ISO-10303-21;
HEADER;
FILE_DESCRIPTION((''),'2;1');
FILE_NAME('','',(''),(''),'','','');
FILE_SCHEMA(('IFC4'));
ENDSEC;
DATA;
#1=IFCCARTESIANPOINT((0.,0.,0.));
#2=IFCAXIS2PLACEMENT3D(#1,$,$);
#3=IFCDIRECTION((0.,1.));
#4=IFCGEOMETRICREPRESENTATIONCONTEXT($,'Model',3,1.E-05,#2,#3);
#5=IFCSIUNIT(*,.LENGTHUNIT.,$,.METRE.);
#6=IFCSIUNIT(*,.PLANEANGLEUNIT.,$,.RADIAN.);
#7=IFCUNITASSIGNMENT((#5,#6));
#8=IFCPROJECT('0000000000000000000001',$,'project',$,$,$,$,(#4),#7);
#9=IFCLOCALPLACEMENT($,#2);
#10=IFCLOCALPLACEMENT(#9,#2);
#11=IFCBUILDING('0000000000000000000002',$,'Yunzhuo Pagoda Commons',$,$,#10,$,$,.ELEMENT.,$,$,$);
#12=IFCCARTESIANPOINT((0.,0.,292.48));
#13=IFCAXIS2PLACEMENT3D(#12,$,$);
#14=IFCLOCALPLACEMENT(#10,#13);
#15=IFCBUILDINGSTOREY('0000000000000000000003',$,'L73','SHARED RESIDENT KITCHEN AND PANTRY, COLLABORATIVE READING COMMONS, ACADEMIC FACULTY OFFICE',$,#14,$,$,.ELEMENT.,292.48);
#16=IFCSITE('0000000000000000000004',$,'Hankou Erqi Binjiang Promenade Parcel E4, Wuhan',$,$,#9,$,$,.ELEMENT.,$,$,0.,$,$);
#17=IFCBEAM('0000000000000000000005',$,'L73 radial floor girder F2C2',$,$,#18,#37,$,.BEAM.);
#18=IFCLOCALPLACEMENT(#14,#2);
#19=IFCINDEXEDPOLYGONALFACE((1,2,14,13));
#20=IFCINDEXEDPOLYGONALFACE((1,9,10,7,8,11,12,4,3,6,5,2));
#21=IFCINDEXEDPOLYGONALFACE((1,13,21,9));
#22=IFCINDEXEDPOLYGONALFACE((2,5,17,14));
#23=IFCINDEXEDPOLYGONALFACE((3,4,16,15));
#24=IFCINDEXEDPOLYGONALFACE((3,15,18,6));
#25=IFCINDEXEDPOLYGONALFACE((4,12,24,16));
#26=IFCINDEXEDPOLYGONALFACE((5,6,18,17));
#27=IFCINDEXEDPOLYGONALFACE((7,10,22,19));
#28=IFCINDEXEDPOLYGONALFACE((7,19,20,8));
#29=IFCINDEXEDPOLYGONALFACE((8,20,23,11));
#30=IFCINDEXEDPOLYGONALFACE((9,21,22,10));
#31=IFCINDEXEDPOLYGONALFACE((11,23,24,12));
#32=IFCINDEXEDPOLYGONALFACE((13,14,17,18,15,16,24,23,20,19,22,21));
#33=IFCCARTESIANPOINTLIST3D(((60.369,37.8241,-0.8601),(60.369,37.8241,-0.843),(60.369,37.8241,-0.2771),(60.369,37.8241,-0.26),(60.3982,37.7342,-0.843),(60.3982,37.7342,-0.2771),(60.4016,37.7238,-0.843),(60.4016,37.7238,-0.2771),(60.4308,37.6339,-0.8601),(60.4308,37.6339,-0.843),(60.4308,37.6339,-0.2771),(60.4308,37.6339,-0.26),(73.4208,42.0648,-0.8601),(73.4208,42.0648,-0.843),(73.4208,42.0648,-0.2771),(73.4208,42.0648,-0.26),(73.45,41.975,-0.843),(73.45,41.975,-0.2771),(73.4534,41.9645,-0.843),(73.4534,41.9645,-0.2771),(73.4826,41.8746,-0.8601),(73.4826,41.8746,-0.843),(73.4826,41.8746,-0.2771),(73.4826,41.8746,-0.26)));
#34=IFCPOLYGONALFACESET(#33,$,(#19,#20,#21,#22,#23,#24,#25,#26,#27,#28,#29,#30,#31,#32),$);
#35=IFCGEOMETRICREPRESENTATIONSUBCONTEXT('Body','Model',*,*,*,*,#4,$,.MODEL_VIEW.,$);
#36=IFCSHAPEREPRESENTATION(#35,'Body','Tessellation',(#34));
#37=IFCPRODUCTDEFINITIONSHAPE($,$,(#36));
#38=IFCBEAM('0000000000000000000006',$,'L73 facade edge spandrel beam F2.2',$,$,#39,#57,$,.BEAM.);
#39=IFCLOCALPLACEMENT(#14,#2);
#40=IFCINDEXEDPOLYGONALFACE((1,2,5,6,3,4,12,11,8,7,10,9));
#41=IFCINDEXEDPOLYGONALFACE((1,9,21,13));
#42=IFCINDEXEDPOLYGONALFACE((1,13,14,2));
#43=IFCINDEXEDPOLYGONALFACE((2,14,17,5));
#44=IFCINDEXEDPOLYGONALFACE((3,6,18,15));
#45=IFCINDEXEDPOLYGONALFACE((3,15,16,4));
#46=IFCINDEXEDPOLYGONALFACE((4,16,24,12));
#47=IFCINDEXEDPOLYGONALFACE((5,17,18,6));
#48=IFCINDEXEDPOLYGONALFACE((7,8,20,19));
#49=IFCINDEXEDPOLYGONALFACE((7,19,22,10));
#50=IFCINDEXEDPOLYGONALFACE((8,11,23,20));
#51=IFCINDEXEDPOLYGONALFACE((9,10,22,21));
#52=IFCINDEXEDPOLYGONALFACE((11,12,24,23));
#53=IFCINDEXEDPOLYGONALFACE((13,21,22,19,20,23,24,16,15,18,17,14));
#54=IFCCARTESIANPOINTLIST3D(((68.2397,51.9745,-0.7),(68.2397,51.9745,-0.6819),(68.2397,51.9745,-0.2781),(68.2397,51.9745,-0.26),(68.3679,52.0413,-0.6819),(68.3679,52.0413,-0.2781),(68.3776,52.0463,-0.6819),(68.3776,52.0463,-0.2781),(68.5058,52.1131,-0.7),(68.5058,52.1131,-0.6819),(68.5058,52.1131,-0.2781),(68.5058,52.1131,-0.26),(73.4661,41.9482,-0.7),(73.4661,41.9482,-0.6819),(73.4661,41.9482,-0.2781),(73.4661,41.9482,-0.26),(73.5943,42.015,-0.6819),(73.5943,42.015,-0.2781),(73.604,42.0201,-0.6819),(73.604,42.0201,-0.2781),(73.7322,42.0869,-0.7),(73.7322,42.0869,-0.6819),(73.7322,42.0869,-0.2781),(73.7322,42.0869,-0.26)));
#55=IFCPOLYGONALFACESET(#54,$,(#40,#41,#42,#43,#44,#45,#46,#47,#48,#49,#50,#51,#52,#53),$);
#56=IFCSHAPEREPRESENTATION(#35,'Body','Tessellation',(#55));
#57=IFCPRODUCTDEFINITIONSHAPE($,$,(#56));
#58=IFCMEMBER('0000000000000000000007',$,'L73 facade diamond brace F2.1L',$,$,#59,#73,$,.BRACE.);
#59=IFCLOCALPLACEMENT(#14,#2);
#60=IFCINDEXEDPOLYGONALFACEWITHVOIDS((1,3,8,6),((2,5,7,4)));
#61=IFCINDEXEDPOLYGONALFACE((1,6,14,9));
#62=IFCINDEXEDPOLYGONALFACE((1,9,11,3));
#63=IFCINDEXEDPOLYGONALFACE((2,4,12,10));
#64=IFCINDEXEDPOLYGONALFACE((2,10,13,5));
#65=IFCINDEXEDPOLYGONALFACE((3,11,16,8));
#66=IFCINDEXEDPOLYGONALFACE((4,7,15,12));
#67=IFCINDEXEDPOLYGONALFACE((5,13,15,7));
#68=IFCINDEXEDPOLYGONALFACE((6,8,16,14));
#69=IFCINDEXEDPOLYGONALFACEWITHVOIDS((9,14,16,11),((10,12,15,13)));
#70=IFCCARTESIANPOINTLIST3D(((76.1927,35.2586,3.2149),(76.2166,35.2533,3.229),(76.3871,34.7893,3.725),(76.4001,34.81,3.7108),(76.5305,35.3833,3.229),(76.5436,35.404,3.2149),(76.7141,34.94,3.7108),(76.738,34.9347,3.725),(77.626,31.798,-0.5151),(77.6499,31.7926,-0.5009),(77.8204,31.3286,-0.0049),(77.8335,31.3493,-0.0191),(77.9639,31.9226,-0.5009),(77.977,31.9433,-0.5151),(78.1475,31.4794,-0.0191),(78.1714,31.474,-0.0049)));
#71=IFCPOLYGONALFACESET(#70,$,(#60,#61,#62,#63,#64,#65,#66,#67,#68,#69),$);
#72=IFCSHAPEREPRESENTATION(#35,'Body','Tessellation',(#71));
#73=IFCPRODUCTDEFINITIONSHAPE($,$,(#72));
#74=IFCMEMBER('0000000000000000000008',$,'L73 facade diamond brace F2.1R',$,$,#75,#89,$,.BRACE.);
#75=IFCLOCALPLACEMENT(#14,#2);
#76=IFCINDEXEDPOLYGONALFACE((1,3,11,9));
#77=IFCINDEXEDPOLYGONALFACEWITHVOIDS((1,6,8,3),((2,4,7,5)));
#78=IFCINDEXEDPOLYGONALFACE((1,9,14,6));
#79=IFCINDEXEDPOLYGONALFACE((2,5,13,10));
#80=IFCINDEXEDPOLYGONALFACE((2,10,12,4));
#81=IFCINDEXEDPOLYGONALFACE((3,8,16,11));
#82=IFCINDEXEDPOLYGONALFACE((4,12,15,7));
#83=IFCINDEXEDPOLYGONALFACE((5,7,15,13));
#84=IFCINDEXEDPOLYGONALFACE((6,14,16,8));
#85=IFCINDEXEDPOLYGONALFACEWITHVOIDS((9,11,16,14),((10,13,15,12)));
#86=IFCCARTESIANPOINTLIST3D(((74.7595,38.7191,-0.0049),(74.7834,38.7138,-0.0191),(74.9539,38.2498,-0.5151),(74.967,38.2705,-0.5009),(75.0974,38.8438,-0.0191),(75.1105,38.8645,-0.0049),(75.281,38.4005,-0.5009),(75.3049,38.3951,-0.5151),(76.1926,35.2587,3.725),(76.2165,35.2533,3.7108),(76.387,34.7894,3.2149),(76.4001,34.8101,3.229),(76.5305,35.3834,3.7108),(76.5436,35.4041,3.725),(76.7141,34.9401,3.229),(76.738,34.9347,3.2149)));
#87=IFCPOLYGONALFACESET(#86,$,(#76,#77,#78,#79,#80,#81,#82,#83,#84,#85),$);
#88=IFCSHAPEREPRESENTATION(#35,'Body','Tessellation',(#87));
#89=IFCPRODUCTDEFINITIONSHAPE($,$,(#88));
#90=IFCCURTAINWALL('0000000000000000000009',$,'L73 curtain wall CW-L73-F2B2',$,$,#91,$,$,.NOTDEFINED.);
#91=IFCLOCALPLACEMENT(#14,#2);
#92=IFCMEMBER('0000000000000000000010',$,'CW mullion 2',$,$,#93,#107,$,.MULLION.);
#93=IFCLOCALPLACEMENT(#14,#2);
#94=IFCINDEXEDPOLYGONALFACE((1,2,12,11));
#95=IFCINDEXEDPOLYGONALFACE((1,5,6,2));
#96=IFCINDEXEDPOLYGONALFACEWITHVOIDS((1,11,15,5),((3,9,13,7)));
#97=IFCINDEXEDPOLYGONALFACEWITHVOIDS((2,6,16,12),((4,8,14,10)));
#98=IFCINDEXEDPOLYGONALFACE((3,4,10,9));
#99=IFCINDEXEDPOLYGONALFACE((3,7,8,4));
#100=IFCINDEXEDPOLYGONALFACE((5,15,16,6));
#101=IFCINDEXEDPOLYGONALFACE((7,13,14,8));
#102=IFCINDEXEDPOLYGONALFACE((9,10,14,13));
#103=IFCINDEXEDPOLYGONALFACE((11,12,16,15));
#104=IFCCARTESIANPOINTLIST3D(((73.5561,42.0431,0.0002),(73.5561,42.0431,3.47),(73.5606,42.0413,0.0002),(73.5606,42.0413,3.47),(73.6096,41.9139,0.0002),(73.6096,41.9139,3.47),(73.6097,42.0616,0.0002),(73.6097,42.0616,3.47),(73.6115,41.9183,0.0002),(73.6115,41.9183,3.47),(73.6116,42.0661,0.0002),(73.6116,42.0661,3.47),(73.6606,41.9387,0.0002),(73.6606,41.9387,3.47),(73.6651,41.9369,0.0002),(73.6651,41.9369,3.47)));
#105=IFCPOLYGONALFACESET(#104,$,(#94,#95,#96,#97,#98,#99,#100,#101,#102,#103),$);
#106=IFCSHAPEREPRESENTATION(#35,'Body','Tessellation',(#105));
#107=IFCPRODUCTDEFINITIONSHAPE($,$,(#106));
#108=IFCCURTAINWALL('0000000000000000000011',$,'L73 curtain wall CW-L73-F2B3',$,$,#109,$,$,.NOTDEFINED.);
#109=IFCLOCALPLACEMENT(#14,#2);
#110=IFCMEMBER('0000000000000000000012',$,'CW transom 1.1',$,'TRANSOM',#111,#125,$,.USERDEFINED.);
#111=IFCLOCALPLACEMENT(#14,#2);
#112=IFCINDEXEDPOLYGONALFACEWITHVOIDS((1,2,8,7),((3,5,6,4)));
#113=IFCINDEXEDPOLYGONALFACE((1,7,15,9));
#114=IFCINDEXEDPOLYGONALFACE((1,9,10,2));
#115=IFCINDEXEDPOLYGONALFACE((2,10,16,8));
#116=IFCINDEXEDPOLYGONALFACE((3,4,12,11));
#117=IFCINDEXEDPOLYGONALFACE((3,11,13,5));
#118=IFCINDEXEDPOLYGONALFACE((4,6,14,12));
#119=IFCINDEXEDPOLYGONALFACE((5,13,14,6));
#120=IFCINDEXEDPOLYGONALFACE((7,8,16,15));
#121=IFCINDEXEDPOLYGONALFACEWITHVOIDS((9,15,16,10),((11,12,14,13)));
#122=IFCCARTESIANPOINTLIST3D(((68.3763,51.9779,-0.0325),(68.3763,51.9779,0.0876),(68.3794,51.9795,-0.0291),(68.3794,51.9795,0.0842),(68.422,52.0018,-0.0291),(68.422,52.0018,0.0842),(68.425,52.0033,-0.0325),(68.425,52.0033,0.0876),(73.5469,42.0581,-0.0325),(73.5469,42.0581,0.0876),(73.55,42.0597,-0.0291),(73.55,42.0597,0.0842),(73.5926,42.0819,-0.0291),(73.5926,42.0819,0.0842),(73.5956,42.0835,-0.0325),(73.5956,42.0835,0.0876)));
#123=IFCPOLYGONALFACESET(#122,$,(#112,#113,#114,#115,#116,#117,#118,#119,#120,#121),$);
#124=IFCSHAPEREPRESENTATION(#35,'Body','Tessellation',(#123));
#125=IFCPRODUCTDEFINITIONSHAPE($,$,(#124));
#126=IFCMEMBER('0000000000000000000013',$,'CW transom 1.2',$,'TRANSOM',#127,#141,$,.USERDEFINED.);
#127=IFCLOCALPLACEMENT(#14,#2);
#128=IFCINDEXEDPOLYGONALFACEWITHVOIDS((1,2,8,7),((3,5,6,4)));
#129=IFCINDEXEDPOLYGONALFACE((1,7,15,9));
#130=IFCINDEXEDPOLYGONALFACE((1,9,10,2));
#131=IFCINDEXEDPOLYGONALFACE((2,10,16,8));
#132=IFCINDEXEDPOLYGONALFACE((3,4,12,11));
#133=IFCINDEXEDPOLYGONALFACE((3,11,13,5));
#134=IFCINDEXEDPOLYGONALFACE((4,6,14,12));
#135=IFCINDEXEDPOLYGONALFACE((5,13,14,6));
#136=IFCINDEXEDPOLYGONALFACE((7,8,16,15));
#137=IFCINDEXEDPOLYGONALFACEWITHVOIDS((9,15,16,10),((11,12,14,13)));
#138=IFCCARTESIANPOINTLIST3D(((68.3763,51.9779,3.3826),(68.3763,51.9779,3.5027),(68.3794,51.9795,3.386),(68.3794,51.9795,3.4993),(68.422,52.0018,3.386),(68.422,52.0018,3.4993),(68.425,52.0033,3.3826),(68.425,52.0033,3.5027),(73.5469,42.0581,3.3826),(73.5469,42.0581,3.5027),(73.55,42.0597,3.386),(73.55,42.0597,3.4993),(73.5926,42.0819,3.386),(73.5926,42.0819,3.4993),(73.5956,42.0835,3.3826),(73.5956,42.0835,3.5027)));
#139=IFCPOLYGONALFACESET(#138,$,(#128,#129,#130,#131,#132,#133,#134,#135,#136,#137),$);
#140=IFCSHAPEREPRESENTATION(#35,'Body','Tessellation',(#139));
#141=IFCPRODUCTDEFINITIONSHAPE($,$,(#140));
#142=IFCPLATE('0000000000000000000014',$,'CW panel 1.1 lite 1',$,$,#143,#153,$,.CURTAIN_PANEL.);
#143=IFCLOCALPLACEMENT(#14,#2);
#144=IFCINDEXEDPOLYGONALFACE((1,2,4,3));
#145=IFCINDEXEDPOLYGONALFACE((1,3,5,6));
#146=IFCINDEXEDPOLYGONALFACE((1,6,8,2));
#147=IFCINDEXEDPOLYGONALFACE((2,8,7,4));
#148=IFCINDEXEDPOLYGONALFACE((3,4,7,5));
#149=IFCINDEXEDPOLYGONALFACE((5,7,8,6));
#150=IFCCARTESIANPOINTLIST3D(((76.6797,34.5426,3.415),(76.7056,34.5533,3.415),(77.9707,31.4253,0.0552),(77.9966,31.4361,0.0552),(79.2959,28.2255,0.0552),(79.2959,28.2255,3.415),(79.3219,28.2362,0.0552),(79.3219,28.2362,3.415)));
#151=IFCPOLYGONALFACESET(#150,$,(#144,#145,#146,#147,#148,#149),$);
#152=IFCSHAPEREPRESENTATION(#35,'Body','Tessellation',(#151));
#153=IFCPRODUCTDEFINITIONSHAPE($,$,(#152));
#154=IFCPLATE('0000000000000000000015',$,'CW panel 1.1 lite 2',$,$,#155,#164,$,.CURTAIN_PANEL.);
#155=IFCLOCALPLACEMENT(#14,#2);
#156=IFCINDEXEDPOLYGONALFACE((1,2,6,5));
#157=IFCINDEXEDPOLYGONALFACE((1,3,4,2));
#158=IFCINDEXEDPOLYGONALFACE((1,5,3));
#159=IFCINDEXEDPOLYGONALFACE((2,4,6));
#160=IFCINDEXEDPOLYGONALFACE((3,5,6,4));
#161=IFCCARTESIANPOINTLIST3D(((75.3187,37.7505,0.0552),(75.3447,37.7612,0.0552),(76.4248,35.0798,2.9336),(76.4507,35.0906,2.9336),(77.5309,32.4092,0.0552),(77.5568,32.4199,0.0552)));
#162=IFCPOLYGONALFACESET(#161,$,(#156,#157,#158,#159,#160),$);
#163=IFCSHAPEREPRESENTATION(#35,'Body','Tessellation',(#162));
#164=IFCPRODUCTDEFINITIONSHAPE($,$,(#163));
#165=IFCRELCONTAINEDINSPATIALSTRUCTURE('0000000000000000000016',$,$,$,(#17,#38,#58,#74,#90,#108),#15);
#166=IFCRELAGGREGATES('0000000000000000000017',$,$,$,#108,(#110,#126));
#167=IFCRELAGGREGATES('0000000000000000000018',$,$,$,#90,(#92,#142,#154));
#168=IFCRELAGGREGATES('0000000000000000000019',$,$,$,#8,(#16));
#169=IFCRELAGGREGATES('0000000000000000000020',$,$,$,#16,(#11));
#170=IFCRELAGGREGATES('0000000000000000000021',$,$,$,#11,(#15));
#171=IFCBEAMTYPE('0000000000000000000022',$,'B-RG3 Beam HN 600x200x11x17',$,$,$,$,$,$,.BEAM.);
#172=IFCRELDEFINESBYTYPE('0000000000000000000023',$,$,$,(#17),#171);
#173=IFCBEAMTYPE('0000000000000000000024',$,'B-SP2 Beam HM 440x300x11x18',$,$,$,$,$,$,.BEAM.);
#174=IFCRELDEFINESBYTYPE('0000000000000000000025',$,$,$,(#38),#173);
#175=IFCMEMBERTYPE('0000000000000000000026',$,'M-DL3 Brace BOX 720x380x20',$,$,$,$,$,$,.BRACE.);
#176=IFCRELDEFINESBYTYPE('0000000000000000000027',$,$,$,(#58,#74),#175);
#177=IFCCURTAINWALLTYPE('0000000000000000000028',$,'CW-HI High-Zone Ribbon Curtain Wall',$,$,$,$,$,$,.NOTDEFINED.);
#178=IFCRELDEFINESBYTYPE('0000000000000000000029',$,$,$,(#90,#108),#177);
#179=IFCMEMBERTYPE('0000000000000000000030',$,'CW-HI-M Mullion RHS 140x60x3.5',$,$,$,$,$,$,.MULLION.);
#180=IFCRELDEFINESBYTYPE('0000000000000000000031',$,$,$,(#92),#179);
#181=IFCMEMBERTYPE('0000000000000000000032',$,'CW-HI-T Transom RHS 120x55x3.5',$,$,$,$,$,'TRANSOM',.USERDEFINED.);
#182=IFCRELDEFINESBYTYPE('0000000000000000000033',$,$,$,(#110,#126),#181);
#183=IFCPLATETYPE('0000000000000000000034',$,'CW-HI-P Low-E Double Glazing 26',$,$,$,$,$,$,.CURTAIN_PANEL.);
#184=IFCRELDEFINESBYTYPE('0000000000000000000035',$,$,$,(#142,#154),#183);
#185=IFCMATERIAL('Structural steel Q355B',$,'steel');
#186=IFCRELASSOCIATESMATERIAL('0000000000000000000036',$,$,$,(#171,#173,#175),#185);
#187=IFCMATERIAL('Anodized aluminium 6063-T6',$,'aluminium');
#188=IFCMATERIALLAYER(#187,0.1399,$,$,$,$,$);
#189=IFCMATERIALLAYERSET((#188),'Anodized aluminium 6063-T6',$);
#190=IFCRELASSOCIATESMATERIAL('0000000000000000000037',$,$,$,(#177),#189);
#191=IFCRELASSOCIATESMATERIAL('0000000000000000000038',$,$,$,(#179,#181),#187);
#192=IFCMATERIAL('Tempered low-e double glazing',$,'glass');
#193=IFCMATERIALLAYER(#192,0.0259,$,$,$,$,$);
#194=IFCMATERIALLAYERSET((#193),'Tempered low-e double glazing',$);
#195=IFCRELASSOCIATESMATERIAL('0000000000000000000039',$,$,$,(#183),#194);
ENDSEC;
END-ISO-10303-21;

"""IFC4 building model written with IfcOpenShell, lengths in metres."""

from ifc_helpers import new_model, si_unit, direction, frame, origin, origin_2d, place, context, subcontext, project, spatial, polyline, hollow_rectangle, i_section, outline, extrude, source, transform, mapped, material, layer, layer_set, material_profile, profile_set, type_object, element, aggregate, save


model = new_model("IFC4")

# Units and contexts
model_context = context("Model", 3, precision=1e-05, world=origin(), true_north=direction((0.0, 1.0)))
body_context = subcontext(model_context, "Body", "Model", "MODEL_VIEW")
ifc_project = project(units=[si_unit("LENGTHUNIT", "METRE"), si_unit("PLANEANGLEUNIT", "RADIAN")], contexts=[model_context])

# Site, building, storey
site_placement = place(None, origin())
site = spatial("IfcSite", under=ifc_project, at=site_placement, Name="Hankou Erqi Binjiang Promenade Parcel E4, Wuhan", CompositionType="ELEMENT", RefElevation=0.0)
building_placement = place(site_placement, origin())
building = spatial("IfcBuilding", under=site, at=building_placement, Name="Yunzhuo Pagoda Commons", CompositionType="ELEMENT")
storey_placement = place(building_placement, frame((0.0, 0.0, 292.48)))
storey = spatial("IfcBuildingStorey", under=building, at=storey_placement, Name="L73", Description="SHARED RESIDENT KITCHEN AND PANTRY, COLLABORATIVE READING COMMONS, ACADEMIC FACULTY OFFICE", CompositionType="ELEMENT", Elevation=292.48)

# Shared definitions
ifc_material_1 = material(Name="Structural steel Q355B", Category="steel")

# Beams
ifc_material_profile_1 = material_profile(ifc_material_1, i_section(OverallWidth=0.2, OverallDepth=0.6001, WebThickness=0.011, FlangeThickness=0.0171, at=origin_2d()), Name="Structural steel Q355B")
ifc_profile_set_1 = profile_set([ifc_material_profile_1], Name="Structural steel Q355B")
beam_type_1 = type_object("IfcBeamType", Name="B-RG3 Beam HN 600x200x11x17", PredefinedType="BEAM", material=ifc_profile_set_1)
shared_shape_1 = source(origin(), body_context, "Body", "SweptSolid", [
    extrude(i_section(OverallWidth=0.2, OverallDepth=0.6001, WebThickness=0.011, FlangeThickness=0.0171, at=origin_2d()), origin(), (0.0, 0.0, 1.0), 13.7234),
])
beam_1_placement = place(storey_placement, frame((73.4517, 41.9697, -0.5601), z_axis=(-0.951058, -0.309014, 0.0), x_axis=(0.309014, -0.951058, 0.0)))
element("IfcBeam", 1, at=beam_1_placement, inside=storey, type_object=beam_type_1, Name="L73 radial floor girder F2C2", PredefinedType="BEAM", context=body_context, shape_type="MappedRepresentation", body=[
    mapped(shared_shape_1, transform((0.0, 0.0, 0.0), scale=1.0)),
])
ifc_material_profile_2 = material_profile(ifc_material_1, i_section(OverallWidth=0.3, OverallDepth=0.4399, WebThickness=0.011, FlangeThickness=0.0181, at=origin_2d()), Name="Structural steel Q355B")
ifc_profile_set_2 = profile_set([ifc_material_profile_2], Name="Structural steel Q355B")
beam_type_2 = type_object("IfcBeamType", Name="B-SP2 Beam HM 440x300x11x18", PredefinedType="BEAM", material=ifc_profile_set_2)
shared_shape_2 = source(origin(), body_context, "Body", "SweptSolid", [
    extrude(i_section(OverallWidth=0.3, OverallDepth=0.4399, WebThickness=0.011, FlangeThickness=0.0181, at=origin_2d()), origin(), (0.0, 0.0, 1.0), 11.3066),
])
beam_2_placement = place(storey_placement, frame((73.5991, 42.0176, -0.48), z_axis=(-0.462239, 0.886755, 0.0), x_axis=(-0.886755, -0.462239, 0.0)))
element("IfcBeam", 2, at=beam_2_placement, inside=storey, type_object=beam_type_2, Name="L73 facade edge spandrel beam F2.2", PredefinedType="BEAM", context=body_context, shape_type="MappedRepresentation", body=[
    mapped(shared_shape_2, transform((0.0, 0.0, 0.0), scale=1.0)),
])

# Members
ifc_material_profile_3 = material_profile(ifc_material_1, hollow_rectangle(XDim=0.3799, YDim=0.72, WallThickness=0.02, at=origin_2d()), Name="Structural steel Q355B")
ifc_profile_set_3 = profile_set([ifc_material_profile_3], Name="Structural steel Q355B")
member_type_1 = type_object("IfcMemberType", Name="M-DL3 Brace BOX 720x380x20", PredefinedType="BRACE", material=ifc_profile_set_3)
shared_shape_3 = source(origin(), body_context, "Body", "SweptSolid", [
    extrude(hollow_rectangle(XDim=0.3799, YDim=0.72, WallThickness=0.02, at=origin_2d()), origin(), (0.0, 0.0, 1.0), 5.2861),
])
member_1_placement = place(storey_placement, frame((77.8987, 31.636, -0.26), z_axis=(-0.271151, 0.654669, 0.705611), x_axis=(-0.923891, -0.382657, 0.0)))
element("IfcMember", 3, at=member_1_placement, inside=storey, type_object=member_type_1, Name="L73 facade diamond brace F2.1L", PredefinedType="BRACE", context=body_context, shape_type="MappedRepresentation", body=[
    mapped(shared_shape_3, transform((0.0, 0.0, 0.0), scale=1.0)),
])
shared_shape_4 = source(origin(), body_context, "Body", "SweptSolid", [
    extrude(hollow_rectangle(XDim=0.3799, YDim=0.72, WallThickness=0.02, at=origin_2d()), origin(), (0.0, 0.0, 1.0), 5.2859),
])
member_2_placement = place(storey_placement, frame((75.0322, 38.5571, -0.26), z_axis=(0.271116, -0.654651, 0.705641), x_axis=(0.923904, 0.382624, 0.0)))
element("IfcMember", 4, at=member_2_placement, inside=storey, type_object=member_type_1, Name="L73 facade diamond brace F2.1R", PredefinedType="BRACE", context=body_context, shape_type="MappedRepresentation", body=[
    mapped(shared_shape_4, transform((0.0, 0.0, 0.0), scale=1.0)),
])

# Curtain wall, member
ifc_material_2 = material(Name="Anodized aluminium 6063-T6", Category="aluminium")
ifc_layer_1 = layer(ifc_material_2, 0.1399)
ifc_layer_set_1 = layer_set([ifc_layer_1], Name="Anodized aluminium 6063-T6")
curtain_wall_type = type_object("IfcCurtainWallType", Name="CW-HI High-Zone Ribbon Curtain Wall", PredefinedType="NOTDEFINED", material=ifc_layer_set_1)
curtain_wall_1_placement = place(storey_placement, origin())
curtain_wall_1 = element("IfcCurtainWall", 5, at=curtain_wall_1_placement, inside=storey, type_object=curtain_wall_type, Name="L73 curtain wall CW-L73-F2B2", PredefinedType="NOTDEFINED")
ifc_material_profile_4 = material_profile(ifc_material_2, hollow_rectangle(XDim=0.0601, YDim=0.1399, WallThickness=0.0034, at=origin_2d()), Name="Anodized aluminium 6063-T6")
ifc_profile_set_4 = profile_set([ifc_material_profile_4], Name="Anodized aluminium 6063-T6")
member_type_2 = type_object("IfcMemberType", Name="CW-HI-M Mullion RHS 140x60x3.5", PredefinedType="MULLION", material=ifc_profile_set_4)
shared_shape_5 = source(origin(), body_context, "Body", "SweptSolid", [
    extrude(hollow_rectangle(XDim=0.0601, YDim=0.1399, WallThickness=0.0034, at=origin_2d()), origin(), (0.0, 0.0, 1.0), 3.4697),
])
member_3_placement = place(storey_placement, frame((73.6106, 41.99, 0.0002), z_axis=(0.0, 0.0, 1.0), x_axis=(-0.923899, -0.382636, 0.0)))
member_3 = element("IfcMember", 6, at=member_3_placement, type_object=member_type_2, Name="CW mullion 2", PredefinedType="MULLION", context=body_context, shape_type="MappedRepresentation", body=[
    mapped(shared_shape_5, transform((0.0, 0.0, 0.0), scale=1.0)),
])

# Curtain wall, members
curtain_wall_2_placement = place(storey_placement, origin())
curtain_wall_2 = element("IfcCurtainWall", 7, at=curtain_wall_2_placement, inside=storey, type_object=curtain_wall_type, Name="L73 curtain wall CW-L73-F2B3", PredefinedType="NOTDEFINED")
ifc_material_profile_5 = material_profile(ifc_material_2, hollow_rectangle(XDim=0.0549, YDim=0.1201, WallThickness=0.0034, at=origin_2d()), Name="Anodized aluminium 6063-T6")
ifc_profile_set_5 = profile_set([ifc_material_profile_5], Name="Anodized aluminium 6063-T6")
member_type_3 = type_object("IfcMemberType", Name="CW-HI-T Transom RHS 120x55x3.5", ElementType="TRANSOM", PredefinedType="USERDEFINED", material=ifc_profile_set_5)
shared_shape_6 = source(origin(), body_context, "Body", "SweptSolid", [
    extrude(hollow_rectangle(XDim=0.0549, YDim=0.1201, WallThickness=0.0034, at=origin_2d()), origin(), (0.0, 0.0, 1.0), 11.1865),
])
member_4_placement = place(storey_placement, frame((73.5713, 42.0708, 0.0276), z_axis=(-0.462218, 0.886767, 0.0), x_axis=(-0.886767, -0.462218, 0.0)))
member_4 = element("IfcMember", 8, at=member_4_placement, type_object=member_type_3, Name="CW transom 1.1", ObjectType="TRANSOM", PredefinedType="USERDEFINED", context=body_context, shape_type="MappedRepresentation", body=[
    mapped(shared_shape_6, transform((0.0, 0.0, 0.0), scale=1.0)),
])
member_5_placement = place(storey_placement, frame((73.5713, 42.0708, 3.4426), z_axis=(-0.462218, 0.886767, 0.0), x_axis=(-0.886767, -0.462218, 0.0)))
member_5 = element("IfcMember", 9, at=member_5_placement, type_object=member_type_3, Name="CW transom 1.2", ObjectType="TRANSOM", PredefinedType="USERDEFINED", context=body_context, shape_type="MappedRepresentation", body=[
    mapped(shared_shape_6, transform((0.0, 0.0, 0.0), scale=1.0)),
])
aggregate(curtain_wall_2, [member_4, member_5])

# Plates
ifc_material_3 = material(Name="Tempered low-e double glazing", Category="glass")
ifc_layer_2 = layer(ifc_material_3, 0.0259)
ifc_layer_set_2 = layer_set([ifc_layer_2], Name="Tempered low-e double glazing")
plate_type_1 = type_object("IfcPlateType", Name="CW-HI-P Low-E Double Glazing 26", PredefinedType="CURTAIN_PANEL", material=ifc_layer_set_2)
plate_1_placement = place(storey_placement, frame((77.9878, 31.384, 1.7351), z_axis=(0.923899, 0.382636, 0.0), x_axis=(-0.382636, 0.923899, 0.0)))
plate_1 = element("IfcPlate", 10, at=plate_1_placement, type_object=plate_type_1, Name="CW panel 1.1 lite 1", PredefinedType="CURTAIN_PANEL", context=body_context, shape_type="SweptSolid", body=[
    extrude(outline(polyline([(-3.4187, -1.6799), (0.0447, -1.6799), (3.4187, 1.6799), (-3.4187, 1.6799), (-3.4187, -1.6799)])), origin(), (0.0, 0.0, 1.0), 0.0281),
])
plate_2_placement = place(storey_placement, frame((76.4248, 35.0798, 1.4944), z_axis=(0.923899, 0.382636, 0.0), x_axis=(-0.382636, 0.923899, 0.0)))
plate_2 = element("IfcPlate", 11, at=plate_2_placement, type_object=plate_type_1, Name="CW panel 1.1 lite 2", PredefinedType="CURTAIN_PANEL", context=body_context, shape_type="SweptSolid", body=[
    extrude(outline(polyline([(-2.8906, -1.4392), (2.8906, -1.4392), (0.0, 1.4392), (-2.8906, -1.4392)])), origin(), (0.0, 0.0, 1.0), 0.0281),
])
aggregate(curtain_wall_1, [member_3, plate_1, plate_2])

save(model, "model.ifc")
